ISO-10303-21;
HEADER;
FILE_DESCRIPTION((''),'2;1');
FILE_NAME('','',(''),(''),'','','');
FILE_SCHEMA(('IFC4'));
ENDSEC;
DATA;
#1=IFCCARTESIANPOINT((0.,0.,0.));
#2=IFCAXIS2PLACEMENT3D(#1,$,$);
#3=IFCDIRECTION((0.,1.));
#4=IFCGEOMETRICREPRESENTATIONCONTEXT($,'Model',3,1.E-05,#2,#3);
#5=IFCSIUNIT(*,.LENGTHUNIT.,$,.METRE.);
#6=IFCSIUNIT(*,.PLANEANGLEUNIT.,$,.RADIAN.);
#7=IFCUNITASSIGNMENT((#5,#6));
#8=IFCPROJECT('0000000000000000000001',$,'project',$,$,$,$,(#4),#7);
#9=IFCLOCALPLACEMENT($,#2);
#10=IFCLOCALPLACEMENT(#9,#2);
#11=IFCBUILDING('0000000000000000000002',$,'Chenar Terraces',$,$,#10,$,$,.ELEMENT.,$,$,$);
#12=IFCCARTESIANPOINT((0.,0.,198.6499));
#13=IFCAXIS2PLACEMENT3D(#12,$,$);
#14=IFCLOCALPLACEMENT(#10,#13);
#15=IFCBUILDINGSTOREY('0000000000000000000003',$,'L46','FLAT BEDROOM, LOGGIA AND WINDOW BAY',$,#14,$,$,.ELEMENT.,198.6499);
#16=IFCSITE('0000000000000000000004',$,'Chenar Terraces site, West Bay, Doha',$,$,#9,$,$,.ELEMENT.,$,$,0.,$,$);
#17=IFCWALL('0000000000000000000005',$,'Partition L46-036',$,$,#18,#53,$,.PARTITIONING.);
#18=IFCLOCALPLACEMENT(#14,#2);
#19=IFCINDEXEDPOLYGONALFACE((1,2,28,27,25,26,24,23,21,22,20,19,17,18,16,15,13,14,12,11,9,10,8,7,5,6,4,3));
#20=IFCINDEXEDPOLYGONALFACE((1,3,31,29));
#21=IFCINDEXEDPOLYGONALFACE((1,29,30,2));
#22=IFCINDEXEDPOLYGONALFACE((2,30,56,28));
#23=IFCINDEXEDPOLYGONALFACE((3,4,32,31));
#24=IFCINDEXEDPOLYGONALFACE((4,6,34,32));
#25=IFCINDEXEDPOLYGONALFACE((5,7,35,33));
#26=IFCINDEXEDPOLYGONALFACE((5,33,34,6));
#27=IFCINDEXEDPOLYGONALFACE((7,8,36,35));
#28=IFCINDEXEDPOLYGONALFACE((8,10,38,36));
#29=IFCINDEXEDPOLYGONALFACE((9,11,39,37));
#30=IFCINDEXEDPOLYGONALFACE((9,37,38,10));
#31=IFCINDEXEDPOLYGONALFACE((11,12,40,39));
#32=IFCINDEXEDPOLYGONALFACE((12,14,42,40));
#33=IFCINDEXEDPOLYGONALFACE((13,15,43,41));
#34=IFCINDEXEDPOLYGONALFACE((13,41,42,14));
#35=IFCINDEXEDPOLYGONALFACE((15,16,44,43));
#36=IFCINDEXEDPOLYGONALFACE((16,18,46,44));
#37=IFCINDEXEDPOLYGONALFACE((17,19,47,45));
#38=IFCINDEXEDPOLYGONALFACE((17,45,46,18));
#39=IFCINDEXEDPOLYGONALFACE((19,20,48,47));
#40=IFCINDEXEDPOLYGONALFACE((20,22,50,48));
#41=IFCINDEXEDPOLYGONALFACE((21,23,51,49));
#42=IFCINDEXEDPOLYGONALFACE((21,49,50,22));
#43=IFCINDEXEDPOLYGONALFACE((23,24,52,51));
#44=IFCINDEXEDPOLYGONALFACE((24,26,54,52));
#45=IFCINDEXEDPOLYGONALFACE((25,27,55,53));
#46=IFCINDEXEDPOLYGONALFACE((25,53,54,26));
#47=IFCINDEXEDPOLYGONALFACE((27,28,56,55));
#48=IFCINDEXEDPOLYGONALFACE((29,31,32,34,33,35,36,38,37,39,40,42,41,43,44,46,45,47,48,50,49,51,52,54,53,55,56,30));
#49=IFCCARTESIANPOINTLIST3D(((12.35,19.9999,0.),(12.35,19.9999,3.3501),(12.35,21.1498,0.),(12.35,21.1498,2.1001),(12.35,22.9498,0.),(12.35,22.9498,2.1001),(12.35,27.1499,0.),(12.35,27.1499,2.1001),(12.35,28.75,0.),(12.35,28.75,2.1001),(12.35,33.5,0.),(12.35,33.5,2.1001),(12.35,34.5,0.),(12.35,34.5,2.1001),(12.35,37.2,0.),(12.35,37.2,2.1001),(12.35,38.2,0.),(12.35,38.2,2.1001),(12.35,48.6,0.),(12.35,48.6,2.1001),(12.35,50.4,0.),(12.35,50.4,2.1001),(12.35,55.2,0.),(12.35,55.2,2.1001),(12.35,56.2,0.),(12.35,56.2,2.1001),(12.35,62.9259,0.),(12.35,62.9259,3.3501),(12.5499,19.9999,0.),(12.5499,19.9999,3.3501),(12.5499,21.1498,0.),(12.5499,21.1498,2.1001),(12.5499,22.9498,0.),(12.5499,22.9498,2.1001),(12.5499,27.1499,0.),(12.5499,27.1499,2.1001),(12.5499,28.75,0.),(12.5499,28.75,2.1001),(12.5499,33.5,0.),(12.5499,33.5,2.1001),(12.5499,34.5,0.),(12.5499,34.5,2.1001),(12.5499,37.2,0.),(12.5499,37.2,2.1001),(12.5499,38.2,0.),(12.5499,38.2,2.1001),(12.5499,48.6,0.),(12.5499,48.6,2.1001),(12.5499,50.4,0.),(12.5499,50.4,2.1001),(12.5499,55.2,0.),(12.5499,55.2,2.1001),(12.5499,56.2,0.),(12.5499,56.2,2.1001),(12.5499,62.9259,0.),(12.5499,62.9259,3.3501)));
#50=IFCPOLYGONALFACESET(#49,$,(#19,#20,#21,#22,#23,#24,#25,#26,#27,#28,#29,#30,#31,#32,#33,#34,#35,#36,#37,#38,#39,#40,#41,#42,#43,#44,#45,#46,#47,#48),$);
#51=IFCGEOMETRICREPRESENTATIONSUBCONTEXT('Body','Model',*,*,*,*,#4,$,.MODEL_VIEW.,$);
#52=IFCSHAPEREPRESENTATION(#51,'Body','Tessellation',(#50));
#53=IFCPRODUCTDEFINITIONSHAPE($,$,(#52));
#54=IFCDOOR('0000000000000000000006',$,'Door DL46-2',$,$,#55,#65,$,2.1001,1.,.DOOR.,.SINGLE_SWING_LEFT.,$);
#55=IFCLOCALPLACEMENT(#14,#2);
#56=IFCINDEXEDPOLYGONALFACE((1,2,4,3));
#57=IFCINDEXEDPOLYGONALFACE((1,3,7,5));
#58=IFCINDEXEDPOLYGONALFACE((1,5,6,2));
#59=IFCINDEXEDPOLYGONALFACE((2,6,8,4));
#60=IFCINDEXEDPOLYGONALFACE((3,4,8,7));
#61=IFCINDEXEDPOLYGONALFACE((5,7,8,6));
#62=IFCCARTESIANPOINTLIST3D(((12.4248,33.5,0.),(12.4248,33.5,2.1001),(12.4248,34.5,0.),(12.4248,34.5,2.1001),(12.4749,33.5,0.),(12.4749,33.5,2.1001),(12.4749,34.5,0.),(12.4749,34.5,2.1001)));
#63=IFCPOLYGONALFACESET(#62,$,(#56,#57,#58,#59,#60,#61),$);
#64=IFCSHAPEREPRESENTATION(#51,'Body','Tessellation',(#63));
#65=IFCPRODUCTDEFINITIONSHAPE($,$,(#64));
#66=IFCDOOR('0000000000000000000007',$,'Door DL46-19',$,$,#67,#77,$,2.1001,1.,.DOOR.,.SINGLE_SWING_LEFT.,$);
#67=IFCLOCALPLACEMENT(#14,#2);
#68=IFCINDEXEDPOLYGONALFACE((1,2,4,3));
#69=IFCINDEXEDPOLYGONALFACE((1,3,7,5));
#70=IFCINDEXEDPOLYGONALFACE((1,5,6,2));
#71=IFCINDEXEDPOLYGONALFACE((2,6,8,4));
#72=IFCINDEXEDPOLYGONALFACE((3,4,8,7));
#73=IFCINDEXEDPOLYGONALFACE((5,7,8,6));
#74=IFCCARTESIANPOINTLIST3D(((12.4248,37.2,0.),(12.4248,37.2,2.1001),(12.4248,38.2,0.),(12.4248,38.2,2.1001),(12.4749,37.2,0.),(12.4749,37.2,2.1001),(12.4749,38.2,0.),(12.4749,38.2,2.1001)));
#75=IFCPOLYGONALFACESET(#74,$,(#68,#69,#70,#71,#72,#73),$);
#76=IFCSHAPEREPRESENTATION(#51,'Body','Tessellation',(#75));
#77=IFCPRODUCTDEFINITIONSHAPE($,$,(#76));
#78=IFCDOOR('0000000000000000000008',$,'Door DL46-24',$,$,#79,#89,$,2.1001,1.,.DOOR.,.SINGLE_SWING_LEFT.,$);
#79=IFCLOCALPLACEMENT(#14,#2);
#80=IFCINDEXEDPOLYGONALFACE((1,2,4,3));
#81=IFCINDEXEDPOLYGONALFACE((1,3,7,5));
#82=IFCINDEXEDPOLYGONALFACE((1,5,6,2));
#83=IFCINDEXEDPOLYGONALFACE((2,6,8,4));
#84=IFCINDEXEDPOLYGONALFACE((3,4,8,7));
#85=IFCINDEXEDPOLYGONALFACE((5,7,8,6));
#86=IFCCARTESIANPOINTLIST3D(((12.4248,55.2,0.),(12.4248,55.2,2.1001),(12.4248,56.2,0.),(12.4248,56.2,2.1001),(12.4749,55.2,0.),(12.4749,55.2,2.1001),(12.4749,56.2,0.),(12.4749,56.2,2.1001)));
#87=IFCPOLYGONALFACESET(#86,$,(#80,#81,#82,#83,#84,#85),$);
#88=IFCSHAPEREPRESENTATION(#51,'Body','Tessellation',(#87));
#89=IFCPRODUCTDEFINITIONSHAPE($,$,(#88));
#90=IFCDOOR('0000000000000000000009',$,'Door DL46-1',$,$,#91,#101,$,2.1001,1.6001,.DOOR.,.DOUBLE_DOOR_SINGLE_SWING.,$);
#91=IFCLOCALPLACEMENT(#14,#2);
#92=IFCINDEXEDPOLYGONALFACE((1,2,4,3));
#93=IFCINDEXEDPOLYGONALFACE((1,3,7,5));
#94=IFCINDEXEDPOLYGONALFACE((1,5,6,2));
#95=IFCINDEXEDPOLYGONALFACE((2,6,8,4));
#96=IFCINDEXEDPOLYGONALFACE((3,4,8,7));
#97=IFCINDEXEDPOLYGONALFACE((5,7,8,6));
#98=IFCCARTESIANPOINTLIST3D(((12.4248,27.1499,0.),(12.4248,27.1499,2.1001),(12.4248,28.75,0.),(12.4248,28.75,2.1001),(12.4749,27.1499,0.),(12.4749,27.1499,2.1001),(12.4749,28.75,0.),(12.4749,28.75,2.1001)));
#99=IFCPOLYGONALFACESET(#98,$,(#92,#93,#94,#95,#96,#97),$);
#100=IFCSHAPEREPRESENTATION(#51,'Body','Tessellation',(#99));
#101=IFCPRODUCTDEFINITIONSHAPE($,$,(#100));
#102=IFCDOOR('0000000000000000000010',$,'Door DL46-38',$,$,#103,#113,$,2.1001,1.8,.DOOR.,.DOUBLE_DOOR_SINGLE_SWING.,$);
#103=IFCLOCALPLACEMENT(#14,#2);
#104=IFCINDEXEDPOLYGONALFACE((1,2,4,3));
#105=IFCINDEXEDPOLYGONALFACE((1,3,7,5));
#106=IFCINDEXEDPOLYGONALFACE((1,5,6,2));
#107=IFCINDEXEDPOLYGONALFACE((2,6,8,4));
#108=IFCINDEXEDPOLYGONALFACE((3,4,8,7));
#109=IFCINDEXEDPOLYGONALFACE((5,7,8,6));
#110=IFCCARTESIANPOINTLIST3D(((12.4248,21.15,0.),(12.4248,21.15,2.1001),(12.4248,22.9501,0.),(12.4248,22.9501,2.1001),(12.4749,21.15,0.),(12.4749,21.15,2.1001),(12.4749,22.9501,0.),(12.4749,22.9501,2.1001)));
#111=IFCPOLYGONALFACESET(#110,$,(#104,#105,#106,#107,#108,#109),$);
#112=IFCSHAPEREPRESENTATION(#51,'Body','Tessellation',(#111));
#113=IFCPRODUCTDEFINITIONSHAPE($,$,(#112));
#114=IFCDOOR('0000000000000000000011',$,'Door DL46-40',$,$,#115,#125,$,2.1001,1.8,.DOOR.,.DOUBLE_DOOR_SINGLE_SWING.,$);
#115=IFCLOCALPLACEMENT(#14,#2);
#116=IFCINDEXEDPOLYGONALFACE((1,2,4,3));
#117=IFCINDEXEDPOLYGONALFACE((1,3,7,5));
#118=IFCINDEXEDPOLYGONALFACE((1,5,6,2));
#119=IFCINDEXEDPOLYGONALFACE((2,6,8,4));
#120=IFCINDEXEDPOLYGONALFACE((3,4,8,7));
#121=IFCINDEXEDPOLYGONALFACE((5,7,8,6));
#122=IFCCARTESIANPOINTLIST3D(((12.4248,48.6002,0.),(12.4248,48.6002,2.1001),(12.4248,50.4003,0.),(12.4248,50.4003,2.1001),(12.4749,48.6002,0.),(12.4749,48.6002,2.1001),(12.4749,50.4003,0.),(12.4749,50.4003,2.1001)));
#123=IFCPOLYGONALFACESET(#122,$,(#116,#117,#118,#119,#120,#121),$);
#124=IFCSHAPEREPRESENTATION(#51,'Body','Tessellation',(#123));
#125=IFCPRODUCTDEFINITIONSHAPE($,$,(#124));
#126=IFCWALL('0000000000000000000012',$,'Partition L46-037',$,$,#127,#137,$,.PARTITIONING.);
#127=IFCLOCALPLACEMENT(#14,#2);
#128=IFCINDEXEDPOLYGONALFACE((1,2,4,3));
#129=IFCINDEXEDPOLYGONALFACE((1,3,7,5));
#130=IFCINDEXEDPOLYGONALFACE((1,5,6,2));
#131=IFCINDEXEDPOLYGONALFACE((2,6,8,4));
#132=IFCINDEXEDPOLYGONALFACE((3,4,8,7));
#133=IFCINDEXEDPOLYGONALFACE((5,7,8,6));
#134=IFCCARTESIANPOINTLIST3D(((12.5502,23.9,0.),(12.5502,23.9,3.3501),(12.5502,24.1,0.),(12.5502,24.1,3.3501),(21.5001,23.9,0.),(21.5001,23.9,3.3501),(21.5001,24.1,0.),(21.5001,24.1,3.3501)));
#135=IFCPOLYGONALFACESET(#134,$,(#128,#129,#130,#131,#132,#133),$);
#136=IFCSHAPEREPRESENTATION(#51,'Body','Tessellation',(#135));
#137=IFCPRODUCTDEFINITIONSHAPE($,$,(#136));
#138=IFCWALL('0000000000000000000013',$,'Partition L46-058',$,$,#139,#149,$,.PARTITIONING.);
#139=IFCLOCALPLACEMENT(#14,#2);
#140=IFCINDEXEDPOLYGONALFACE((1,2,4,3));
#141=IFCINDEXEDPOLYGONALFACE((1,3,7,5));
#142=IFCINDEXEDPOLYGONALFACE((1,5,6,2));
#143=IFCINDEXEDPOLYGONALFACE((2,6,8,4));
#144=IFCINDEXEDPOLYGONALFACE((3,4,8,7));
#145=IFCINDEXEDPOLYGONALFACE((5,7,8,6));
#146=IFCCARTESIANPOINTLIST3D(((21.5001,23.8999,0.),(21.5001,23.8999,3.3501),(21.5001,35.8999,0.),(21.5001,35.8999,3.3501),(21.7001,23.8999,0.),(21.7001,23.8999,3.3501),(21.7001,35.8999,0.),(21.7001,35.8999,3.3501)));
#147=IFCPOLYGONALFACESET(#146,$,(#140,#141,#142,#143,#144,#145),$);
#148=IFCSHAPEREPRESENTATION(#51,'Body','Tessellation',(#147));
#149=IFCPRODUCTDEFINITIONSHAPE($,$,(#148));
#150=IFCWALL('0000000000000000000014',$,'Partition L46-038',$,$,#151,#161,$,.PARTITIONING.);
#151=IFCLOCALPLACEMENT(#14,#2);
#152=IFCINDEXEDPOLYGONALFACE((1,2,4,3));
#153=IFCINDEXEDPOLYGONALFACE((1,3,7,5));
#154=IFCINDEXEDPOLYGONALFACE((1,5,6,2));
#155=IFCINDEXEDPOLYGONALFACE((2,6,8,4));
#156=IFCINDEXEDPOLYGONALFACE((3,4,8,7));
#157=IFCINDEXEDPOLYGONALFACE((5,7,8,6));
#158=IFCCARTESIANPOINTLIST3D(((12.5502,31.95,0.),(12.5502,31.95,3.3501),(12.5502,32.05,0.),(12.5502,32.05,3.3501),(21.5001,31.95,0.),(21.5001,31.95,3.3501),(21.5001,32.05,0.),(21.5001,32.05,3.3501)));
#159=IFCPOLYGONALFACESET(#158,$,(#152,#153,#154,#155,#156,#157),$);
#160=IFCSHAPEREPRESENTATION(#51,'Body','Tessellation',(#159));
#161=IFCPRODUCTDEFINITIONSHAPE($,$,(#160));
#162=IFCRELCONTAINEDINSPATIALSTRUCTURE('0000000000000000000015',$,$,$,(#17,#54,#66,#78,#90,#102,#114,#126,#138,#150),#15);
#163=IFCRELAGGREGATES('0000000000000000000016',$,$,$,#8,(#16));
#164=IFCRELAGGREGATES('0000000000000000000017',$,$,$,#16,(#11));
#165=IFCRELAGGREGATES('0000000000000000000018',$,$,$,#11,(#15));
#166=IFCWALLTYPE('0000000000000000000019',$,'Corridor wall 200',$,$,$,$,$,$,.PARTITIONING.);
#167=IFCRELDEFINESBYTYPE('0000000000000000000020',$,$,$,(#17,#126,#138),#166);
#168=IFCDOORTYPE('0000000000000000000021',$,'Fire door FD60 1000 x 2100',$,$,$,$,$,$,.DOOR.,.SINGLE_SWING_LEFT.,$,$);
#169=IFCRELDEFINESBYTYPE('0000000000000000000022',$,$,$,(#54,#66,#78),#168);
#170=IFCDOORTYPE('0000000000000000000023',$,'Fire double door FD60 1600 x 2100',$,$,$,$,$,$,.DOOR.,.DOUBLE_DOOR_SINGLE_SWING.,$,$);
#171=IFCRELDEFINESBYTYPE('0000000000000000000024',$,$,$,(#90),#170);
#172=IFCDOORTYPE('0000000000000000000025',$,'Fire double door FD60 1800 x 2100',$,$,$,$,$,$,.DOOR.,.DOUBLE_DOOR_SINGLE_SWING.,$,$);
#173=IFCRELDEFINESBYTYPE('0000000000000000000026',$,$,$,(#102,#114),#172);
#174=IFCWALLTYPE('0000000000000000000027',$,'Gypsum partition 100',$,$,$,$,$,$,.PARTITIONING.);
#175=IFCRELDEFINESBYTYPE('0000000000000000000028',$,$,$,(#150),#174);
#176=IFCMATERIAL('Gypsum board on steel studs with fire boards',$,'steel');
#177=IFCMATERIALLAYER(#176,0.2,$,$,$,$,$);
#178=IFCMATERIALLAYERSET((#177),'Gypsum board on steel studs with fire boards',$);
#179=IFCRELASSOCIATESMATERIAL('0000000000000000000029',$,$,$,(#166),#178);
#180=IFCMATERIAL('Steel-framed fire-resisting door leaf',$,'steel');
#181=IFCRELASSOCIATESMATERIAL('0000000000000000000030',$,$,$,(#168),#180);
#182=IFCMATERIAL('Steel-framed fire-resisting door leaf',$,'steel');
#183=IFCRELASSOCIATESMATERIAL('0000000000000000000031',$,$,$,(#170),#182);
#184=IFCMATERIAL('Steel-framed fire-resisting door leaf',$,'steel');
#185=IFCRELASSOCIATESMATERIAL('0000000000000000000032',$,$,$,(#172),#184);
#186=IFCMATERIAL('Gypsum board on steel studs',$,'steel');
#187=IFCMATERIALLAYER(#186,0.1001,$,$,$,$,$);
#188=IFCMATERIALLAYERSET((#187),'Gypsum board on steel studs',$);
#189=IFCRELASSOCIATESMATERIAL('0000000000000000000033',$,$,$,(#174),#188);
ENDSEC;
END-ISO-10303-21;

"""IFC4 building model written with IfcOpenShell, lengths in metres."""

from ifc_helpers import new_model, si_unit, direction, frame, frame_2d, origin, place, context, subcontext, project, spatial, rectangle, extrude, material, layer, layer_set, type_object, element, fill, save


model = new_model("IFC4")

# Units and contexts
model_context = context("Model", 3, precision=1e-05, world=origin(), true_north=direction((0.0, 1.0)))
body_context = subcontext(model_context, "Body", "Model", "MODEL_VIEW")
ifc_project = project(units=[si_unit("LENGTHUNIT", "METRE"), si_unit("PLANEANGLEUNIT", "RADIAN")], contexts=[model_context])

# Site, building, storey
site_placement = place(None, origin())
site = spatial("IfcSite", under=ifc_project, at=site_placement, Name="Chenar Terraces site, West Bay, Doha", CompositionType="ELEMENT", RefElevation=0.0)
building_placement = place(site_placement, origin())
building = spatial("IfcBuilding", under=site, at=building_placement, Name="Chenar Terraces", CompositionType="ELEMENT")
storey_placement = place(building_placement, frame((0.0, 0.0, 198.6499)))
storey = spatial("IfcBuildingStorey", under=building, at=storey_placement, Name="L46", Description="FLAT BEDROOM, LOGGIA AND WINDOW BAY", CompositionType="ELEMENT", Elevation=198.6499)

# Wall, openings, doors
ifc_material_1 = material(Name="Gypsum board on steel studs with fire boards", Category="steel")
ifc_layer_1 = layer(ifc_material_1, 0.2)
ifc_layer_set_1 = layer_set([ifc_layer_1], Name="Gypsum board on steel studs with fire boards")
wall_type_1 = type_object("IfcWallType", Name="Corridor wall 200", PredefinedType="PARTITIONING", material=ifc_layer_set_1)
wall_1_placement = place(storey_placement, frame((12.45, 20.0, 0.0), z_axis=(0.0, 0.0, 1.0), x_axis=(0.0, 1.0, 0.0)))
wall_1 = element("IfcWall", 1, at=wall_1_placement, inside=storey, type_object=wall_type_1, Name="Partition L46-036", PredefinedType="PARTITIONING", context=body_context, shape_type="SweptSolid", body=[
    extrude(rectangle(XDim=42.926, YDim=0.2, at=frame_2d((21.4629, 0.0))), origin(), (0.0, 0.0, 1.0), 3.3501),
])
opening_1_placement = place(wall_1_placement, frame((7.1499, 0.0, 0.0)))
opening_1 = element("IfcOpeningElement", 2, at=opening_1_placement, cuts=wall_1, PredefinedType="OPENING", context=body_context, shape_type="SweptSolid", body=[
    extrude(rectangle(XDim=1.6001, YDim=2.1001, at=frame_2d((0.8, 1.05))), frame((0.0, 0.1099, 0.0), z_axis=(0.0, -1.0, 0.0), x_axis=(1.0, 0.0, 0.0)), (0.0, 0.0, 1.0), 0.22),
])
opening_2_placement = place(wall_1_placement, frame((13.5, 0.0, 0.0)))
opening_2 = element("IfcOpeningElement", 3, at=opening_2_placement, cuts=wall_1, PredefinedType="OPENING", context=body_context, shape_type="SweptSolid", body=[
    extrude(rectangle(XDim=1.0, YDim=2.1001, at=frame_2d((0.5, 1.05))), frame((0.0, 0.1099, 0.0), z_axis=(0.0, -1.0, 0.0), x_axis=(1.0, 0.0, 0.0)), (0.0, 0.0, 1.0), 0.22),
])
opening_3_placement = place(wall_1_placement, frame((17.2, 0.0, 0.0)))
opening_3 = element("IfcOpeningElement", 4, at=opening_3_placement, cuts=wall_1, PredefinedType="OPENING", context=body_context, shape_type="SweptSolid", body=[
    extrude(rectangle(XDim=1.0, YDim=2.1001, at=frame_2d((0.5, 1.05))), frame((0.0, 0.1099, 0.0), z_axis=(0.0, -1.0, 0.0), x_axis=(1.0, 0.0, 0.0)), (0.0, 0.0, 1.0), 0.22),
])
opening_4_placement = place(wall_1_placement, frame((35.2, 0.0, 0.0)))
opening_4 = element("IfcOpeningElement", 5, at=opening_4_placement, cuts=wall_1, PredefinedType="OPENING", context=body_context, shape_type="SweptSolid", body=[
    extrude(rectangle(XDim=1.0, YDim=2.1001, at=frame_2d((0.5, 1.05))), frame((0.0, 0.1099, 0.0), z_axis=(0.0, -1.0, 0.0), x_axis=(1.0, 0.0, 0.0)), (0.0, 0.0, 1.0), 0.22),
])
opening_5_placement = place(wall_1_placement, frame((1.1499, 0.0, 0.0)))
opening_5 = element("IfcOpeningElement", 6, at=opening_5_placement, cuts=wall_1, PredefinedType="OPENING", context=body_context, shape_type="SweptSolid", body=[
    extrude(rectangle(XDim=1.8, YDim=2.1001, at=frame_2d((0.8999, 1.05))), frame((0.0, 0.1099, 0.0), z_axis=(0.0, -1.0, 0.0), x_axis=(1.0, 0.0, 0.0)), (0.0, 0.0, 1.0), 0.22),
])
opening_6_placement = place(wall_1_placement, frame((28.6001, 0.0, 0.0)))
opening_6 = element("IfcOpeningElement", 7, at=opening_6_placement, cuts=wall_1, PredefinedType="OPENING", context=body_context, shape_type="SweptSolid", body=[
    extrude(rectangle(XDim=1.8, YDim=2.1001, at=frame_2d((0.8999, 1.05))), frame((0.0, 0.1099, 0.0), z_axis=(0.0, -1.0, 0.0), x_axis=(1.0, 0.0, 0.0)), (0.0, 0.0, 1.0), 0.22),
])
ifc_material_2 = material(Name="Steel-framed fire-resisting door leaf", Category="steel")
door_type_1 = type_object("IfcDoorType", Name="Fire door FD60 1000 x 2100", OperationType="SINGLE_SWING_LEFT", PredefinedType="DOOR", material=ifc_material_2)
door_1_placement = place(opening_2_placement, frame((1.0, 0.0, 0.0), z_axis=(0.0, 0.0, 1.0), x_axis=(-1.0, 0.0, 0.0)))
door_1 = element("IfcDoor", 8, at=door_1_placement, inside=storey, type_object=door_type_1, Name="Door DL46-2", OperationType="SINGLE_SWING_LEFT", OverallHeight=2.1001, OverallWidth=1.0, PredefinedType="DOOR", context=body_context, shape_type="SweptSolid", body=[
    extrude(rectangle(XDim=1.0, YDim=2.1001, at=frame_2d((0.5, 1.05))), frame((0.0, 0.0249, 0.0), z_axis=(0.0, -1.0, 0.0), x_axis=(1.0, 0.0, 0.0)), (0.0, 0.0, 1.0), 0.05),
])
fill(opening_2, door_1)
door_2_placement = place(opening_3_placement, frame((1.0, 0.0, 0.0), z_axis=(0.0, 0.0, 1.0), x_axis=(-1.0, 0.0, 0.0)))
door_2 = element("IfcDoor", 9, at=door_2_placement, inside=storey, type_object=door_type_1, Name="Door DL46-19", OperationType="SINGLE_SWING_LEFT", OverallHeight=2.1001, OverallWidth=1.0, PredefinedType="DOOR", context=body_context, shape_type="SweptSolid", body=[
    extrude(rectangle(XDim=1.0, YDim=2.1001, at=frame_2d((0.5, 1.05))), frame((0.0, 0.0249, 0.0), z_axis=(0.0, -1.0, 0.0), x_axis=(1.0, 0.0, 0.0)), (0.0, 0.0, 1.0), 0.05),
])
fill(opening_3, door_2)
door_3_placement = place(opening_4_placement, frame((1.0, 0.0, 0.0), z_axis=(0.0, 0.0, 1.0), x_axis=(-1.0, 0.0, 0.0)))
door_3 = element("IfcDoor", 10, at=door_3_placement, inside=storey, type_object=door_type_1, Name="Door DL46-24", OperationType="SINGLE_SWING_LEFT", OverallHeight=2.1001, OverallWidth=1.0, PredefinedType="DOOR", context=body_context, shape_type="SweptSolid", body=[
    extrude(rectangle(XDim=1.0, YDim=2.1001, at=frame_2d((0.5, 1.05))), frame((0.0, 0.0249, 0.0), z_axis=(0.0, -1.0, 0.0), x_axis=(1.0, 0.0, 0.0)), (0.0, 0.0, 1.0), 0.05),
])
fill(opening_4, door_3)
ifc_material_3 = material(Name="Steel-framed fire-resisting door leaf", Category="steel")
door_type_2 = type_object("IfcDoorType", Name="Fire double door FD60 1600 x 2100", OperationType="DOUBLE_DOOR_SINGLE_SWING", PredefinedType="DOOR", material=ifc_material_3)
door_4_placement = place(opening_1_placement, frame((1.6001, 0.0, 0.0), z_axis=(0.0, 0.0, 1.0), x_axis=(-1.0, 0.0, 0.0)))
door_4 = element("IfcDoor", 11, at=door_4_placement, inside=storey, type_object=door_type_2, Name="Door DL46-1", OperationType="DOUBLE_DOOR_SINGLE_SWING", OverallHeight=2.1001, OverallWidth=1.6001, PredefinedType="DOOR", context=body_context, shape_type="SweptSolid", body=[
    extrude(rectangle(XDim=1.6001, YDim=2.1001, at=frame_2d((0.8, 1.05))), frame((0.0, 0.0249, 0.0), z_axis=(0.0, -1.0, 0.0), x_axis=(1.0, 0.0, 0.0)), (0.0, 0.0, 1.0), 0.05),
])
fill(opening_1, door_4)
ifc_material_4 = material(Name="Steel-framed fire-resisting door leaf", Category="steel")
door_type_3 = type_object("IfcDoorType", Name="Fire double door FD60 1800 x 2100", OperationType="DOUBLE_DOOR_SINGLE_SWING", PredefinedType="DOOR", material=ifc_material_4)
door_5_placement = place(opening_5_placement, frame((1.8, 0.0, 0.0), z_axis=(0.0, 0.0, 1.0), x_axis=(-1.0, 0.0, 0.0)))
door_5 = element("IfcDoor", 12, at=door_5_placement, inside=storey, type_object=door_type_3, Name="Door DL46-38", OperationType="DOUBLE_DOOR_SINGLE_SWING", OverallHeight=2.1001, OverallWidth=1.8, PredefinedType="DOOR", context=body_context, shape_type="SweptSolid", body=[
    extrude(rectangle(XDim=1.8, YDim=2.1001, at=frame_2d((0.8999, 1.05))), frame((0.0, 0.0249, 0.0), z_axis=(0.0, -1.0, 0.0), x_axis=(1.0, 0.0, 0.0)), (0.0, 0.0, 1.0), 0.05),
])
fill(opening_5, door_5)
door_6_placement = place(opening_6_placement, frame((1.8, 0.0, 0.0), z_axis=(0.0, 0.0, 1.0), x_axis=(-1.0, 0.0, 0.0)))
door_6 = element("IfcDoor", 13, at=door_6_placement, inside=storey, type_object=door_type_3, Name="Door DL46-40", OperationType="DOUBLE_DOOR_SINGLE_SWING", OverallHeight=2.1001, OverallWidth=1.8, PredefinedType="DOOR", context=body_context, shape_type="SweptSolid", body=[
    extrude(rectangle(XDim=1.8, YDim=2.1001, at=frame_2d((0.8999, 1.05))), frame((0.0, 0.0249, 0.0), z_axis=(0.0, -1.0, 0.0), x_axis=(1.0, 0.0, 0.0)), (0.0, 0.0, 1.0), 0.05),
])
fill(opening_6, door_6)

# Walls
wall_2_placement = place(storey_placement, frame((12.55, 24.0, 0.0), z_axis=(0.0, 0.0, 1.0), x_axis=(1.0, 0.0, 0.0)))
element("IfcWall", 14, at=wall_2_placement, inside=storey, type_object=wall_type_1, Name="Partition L46-037", PredefinedType="PARTITIONING", context=body_context, shape_type="SweptSolid", body=[
    extrude(rectangle(XDim=8.95, YDim=0.2, at=frame_2d((4.4751, 0.0))), origin(), (0.0, 0.0, 1.0), 3.3501),
])
wall_3_placement = place(storey_placement, frame((21.6001, 23.8999, 0.0), z_axis=(0.0, 0.0, 1.0), x_axis=(0.0, 1.0, 0.0)))
element("IfcWall", 15, at=wall_3_placement, inside=storey, type_object=wall_type_1, Name="Partition L46-058", PredefinedType="PARTITIONING", context=body_context, shape_type="SweptSolid", body=[
    extrude(rectangle(XDim=12.0, YDim=0.2, at=frame_2d((6.0, 0.0))), origin(), (0.0, 0.0, 1.0), 3.3501),
])
ifc_material_5 = material(Name="Gypsum board on steel studs", Category="steel")
ifc_layer_2 = layer(ifc_material_5, 0.1001)
ifc_layer_set_2 = layer_set([ifc_layer_2], Name="Gypsum board on steel studs")
wall_type_2 = type_object("IfcWallType", Name="Gypsum partition 100", PredefinedType="PARTITIONING", material=ifc_layer_set_2)
wall_4_placement = place(storey_placement, frame((12.55, 32.0, 0.0), z_axis=(0.0, 0.0, 1.0), x_axis=(1.0, 0.0, 0.0)))
element("IfcWall", 16, at=wall_4_placement, inside=storey, type_object=wall_type_2, Name="Partition L46-038", PredefinedType="PARTITIONING", context=body_context, shape_type="SweptSolid", body=[
    extrude(rectangle(XDim=8.95, YDim=0.1001, at=frame_2d((4.4751, 0.0))), origin(), (0.0, 0.0, 1.0), 3.3501),
])

save(model, "model.ifc")
